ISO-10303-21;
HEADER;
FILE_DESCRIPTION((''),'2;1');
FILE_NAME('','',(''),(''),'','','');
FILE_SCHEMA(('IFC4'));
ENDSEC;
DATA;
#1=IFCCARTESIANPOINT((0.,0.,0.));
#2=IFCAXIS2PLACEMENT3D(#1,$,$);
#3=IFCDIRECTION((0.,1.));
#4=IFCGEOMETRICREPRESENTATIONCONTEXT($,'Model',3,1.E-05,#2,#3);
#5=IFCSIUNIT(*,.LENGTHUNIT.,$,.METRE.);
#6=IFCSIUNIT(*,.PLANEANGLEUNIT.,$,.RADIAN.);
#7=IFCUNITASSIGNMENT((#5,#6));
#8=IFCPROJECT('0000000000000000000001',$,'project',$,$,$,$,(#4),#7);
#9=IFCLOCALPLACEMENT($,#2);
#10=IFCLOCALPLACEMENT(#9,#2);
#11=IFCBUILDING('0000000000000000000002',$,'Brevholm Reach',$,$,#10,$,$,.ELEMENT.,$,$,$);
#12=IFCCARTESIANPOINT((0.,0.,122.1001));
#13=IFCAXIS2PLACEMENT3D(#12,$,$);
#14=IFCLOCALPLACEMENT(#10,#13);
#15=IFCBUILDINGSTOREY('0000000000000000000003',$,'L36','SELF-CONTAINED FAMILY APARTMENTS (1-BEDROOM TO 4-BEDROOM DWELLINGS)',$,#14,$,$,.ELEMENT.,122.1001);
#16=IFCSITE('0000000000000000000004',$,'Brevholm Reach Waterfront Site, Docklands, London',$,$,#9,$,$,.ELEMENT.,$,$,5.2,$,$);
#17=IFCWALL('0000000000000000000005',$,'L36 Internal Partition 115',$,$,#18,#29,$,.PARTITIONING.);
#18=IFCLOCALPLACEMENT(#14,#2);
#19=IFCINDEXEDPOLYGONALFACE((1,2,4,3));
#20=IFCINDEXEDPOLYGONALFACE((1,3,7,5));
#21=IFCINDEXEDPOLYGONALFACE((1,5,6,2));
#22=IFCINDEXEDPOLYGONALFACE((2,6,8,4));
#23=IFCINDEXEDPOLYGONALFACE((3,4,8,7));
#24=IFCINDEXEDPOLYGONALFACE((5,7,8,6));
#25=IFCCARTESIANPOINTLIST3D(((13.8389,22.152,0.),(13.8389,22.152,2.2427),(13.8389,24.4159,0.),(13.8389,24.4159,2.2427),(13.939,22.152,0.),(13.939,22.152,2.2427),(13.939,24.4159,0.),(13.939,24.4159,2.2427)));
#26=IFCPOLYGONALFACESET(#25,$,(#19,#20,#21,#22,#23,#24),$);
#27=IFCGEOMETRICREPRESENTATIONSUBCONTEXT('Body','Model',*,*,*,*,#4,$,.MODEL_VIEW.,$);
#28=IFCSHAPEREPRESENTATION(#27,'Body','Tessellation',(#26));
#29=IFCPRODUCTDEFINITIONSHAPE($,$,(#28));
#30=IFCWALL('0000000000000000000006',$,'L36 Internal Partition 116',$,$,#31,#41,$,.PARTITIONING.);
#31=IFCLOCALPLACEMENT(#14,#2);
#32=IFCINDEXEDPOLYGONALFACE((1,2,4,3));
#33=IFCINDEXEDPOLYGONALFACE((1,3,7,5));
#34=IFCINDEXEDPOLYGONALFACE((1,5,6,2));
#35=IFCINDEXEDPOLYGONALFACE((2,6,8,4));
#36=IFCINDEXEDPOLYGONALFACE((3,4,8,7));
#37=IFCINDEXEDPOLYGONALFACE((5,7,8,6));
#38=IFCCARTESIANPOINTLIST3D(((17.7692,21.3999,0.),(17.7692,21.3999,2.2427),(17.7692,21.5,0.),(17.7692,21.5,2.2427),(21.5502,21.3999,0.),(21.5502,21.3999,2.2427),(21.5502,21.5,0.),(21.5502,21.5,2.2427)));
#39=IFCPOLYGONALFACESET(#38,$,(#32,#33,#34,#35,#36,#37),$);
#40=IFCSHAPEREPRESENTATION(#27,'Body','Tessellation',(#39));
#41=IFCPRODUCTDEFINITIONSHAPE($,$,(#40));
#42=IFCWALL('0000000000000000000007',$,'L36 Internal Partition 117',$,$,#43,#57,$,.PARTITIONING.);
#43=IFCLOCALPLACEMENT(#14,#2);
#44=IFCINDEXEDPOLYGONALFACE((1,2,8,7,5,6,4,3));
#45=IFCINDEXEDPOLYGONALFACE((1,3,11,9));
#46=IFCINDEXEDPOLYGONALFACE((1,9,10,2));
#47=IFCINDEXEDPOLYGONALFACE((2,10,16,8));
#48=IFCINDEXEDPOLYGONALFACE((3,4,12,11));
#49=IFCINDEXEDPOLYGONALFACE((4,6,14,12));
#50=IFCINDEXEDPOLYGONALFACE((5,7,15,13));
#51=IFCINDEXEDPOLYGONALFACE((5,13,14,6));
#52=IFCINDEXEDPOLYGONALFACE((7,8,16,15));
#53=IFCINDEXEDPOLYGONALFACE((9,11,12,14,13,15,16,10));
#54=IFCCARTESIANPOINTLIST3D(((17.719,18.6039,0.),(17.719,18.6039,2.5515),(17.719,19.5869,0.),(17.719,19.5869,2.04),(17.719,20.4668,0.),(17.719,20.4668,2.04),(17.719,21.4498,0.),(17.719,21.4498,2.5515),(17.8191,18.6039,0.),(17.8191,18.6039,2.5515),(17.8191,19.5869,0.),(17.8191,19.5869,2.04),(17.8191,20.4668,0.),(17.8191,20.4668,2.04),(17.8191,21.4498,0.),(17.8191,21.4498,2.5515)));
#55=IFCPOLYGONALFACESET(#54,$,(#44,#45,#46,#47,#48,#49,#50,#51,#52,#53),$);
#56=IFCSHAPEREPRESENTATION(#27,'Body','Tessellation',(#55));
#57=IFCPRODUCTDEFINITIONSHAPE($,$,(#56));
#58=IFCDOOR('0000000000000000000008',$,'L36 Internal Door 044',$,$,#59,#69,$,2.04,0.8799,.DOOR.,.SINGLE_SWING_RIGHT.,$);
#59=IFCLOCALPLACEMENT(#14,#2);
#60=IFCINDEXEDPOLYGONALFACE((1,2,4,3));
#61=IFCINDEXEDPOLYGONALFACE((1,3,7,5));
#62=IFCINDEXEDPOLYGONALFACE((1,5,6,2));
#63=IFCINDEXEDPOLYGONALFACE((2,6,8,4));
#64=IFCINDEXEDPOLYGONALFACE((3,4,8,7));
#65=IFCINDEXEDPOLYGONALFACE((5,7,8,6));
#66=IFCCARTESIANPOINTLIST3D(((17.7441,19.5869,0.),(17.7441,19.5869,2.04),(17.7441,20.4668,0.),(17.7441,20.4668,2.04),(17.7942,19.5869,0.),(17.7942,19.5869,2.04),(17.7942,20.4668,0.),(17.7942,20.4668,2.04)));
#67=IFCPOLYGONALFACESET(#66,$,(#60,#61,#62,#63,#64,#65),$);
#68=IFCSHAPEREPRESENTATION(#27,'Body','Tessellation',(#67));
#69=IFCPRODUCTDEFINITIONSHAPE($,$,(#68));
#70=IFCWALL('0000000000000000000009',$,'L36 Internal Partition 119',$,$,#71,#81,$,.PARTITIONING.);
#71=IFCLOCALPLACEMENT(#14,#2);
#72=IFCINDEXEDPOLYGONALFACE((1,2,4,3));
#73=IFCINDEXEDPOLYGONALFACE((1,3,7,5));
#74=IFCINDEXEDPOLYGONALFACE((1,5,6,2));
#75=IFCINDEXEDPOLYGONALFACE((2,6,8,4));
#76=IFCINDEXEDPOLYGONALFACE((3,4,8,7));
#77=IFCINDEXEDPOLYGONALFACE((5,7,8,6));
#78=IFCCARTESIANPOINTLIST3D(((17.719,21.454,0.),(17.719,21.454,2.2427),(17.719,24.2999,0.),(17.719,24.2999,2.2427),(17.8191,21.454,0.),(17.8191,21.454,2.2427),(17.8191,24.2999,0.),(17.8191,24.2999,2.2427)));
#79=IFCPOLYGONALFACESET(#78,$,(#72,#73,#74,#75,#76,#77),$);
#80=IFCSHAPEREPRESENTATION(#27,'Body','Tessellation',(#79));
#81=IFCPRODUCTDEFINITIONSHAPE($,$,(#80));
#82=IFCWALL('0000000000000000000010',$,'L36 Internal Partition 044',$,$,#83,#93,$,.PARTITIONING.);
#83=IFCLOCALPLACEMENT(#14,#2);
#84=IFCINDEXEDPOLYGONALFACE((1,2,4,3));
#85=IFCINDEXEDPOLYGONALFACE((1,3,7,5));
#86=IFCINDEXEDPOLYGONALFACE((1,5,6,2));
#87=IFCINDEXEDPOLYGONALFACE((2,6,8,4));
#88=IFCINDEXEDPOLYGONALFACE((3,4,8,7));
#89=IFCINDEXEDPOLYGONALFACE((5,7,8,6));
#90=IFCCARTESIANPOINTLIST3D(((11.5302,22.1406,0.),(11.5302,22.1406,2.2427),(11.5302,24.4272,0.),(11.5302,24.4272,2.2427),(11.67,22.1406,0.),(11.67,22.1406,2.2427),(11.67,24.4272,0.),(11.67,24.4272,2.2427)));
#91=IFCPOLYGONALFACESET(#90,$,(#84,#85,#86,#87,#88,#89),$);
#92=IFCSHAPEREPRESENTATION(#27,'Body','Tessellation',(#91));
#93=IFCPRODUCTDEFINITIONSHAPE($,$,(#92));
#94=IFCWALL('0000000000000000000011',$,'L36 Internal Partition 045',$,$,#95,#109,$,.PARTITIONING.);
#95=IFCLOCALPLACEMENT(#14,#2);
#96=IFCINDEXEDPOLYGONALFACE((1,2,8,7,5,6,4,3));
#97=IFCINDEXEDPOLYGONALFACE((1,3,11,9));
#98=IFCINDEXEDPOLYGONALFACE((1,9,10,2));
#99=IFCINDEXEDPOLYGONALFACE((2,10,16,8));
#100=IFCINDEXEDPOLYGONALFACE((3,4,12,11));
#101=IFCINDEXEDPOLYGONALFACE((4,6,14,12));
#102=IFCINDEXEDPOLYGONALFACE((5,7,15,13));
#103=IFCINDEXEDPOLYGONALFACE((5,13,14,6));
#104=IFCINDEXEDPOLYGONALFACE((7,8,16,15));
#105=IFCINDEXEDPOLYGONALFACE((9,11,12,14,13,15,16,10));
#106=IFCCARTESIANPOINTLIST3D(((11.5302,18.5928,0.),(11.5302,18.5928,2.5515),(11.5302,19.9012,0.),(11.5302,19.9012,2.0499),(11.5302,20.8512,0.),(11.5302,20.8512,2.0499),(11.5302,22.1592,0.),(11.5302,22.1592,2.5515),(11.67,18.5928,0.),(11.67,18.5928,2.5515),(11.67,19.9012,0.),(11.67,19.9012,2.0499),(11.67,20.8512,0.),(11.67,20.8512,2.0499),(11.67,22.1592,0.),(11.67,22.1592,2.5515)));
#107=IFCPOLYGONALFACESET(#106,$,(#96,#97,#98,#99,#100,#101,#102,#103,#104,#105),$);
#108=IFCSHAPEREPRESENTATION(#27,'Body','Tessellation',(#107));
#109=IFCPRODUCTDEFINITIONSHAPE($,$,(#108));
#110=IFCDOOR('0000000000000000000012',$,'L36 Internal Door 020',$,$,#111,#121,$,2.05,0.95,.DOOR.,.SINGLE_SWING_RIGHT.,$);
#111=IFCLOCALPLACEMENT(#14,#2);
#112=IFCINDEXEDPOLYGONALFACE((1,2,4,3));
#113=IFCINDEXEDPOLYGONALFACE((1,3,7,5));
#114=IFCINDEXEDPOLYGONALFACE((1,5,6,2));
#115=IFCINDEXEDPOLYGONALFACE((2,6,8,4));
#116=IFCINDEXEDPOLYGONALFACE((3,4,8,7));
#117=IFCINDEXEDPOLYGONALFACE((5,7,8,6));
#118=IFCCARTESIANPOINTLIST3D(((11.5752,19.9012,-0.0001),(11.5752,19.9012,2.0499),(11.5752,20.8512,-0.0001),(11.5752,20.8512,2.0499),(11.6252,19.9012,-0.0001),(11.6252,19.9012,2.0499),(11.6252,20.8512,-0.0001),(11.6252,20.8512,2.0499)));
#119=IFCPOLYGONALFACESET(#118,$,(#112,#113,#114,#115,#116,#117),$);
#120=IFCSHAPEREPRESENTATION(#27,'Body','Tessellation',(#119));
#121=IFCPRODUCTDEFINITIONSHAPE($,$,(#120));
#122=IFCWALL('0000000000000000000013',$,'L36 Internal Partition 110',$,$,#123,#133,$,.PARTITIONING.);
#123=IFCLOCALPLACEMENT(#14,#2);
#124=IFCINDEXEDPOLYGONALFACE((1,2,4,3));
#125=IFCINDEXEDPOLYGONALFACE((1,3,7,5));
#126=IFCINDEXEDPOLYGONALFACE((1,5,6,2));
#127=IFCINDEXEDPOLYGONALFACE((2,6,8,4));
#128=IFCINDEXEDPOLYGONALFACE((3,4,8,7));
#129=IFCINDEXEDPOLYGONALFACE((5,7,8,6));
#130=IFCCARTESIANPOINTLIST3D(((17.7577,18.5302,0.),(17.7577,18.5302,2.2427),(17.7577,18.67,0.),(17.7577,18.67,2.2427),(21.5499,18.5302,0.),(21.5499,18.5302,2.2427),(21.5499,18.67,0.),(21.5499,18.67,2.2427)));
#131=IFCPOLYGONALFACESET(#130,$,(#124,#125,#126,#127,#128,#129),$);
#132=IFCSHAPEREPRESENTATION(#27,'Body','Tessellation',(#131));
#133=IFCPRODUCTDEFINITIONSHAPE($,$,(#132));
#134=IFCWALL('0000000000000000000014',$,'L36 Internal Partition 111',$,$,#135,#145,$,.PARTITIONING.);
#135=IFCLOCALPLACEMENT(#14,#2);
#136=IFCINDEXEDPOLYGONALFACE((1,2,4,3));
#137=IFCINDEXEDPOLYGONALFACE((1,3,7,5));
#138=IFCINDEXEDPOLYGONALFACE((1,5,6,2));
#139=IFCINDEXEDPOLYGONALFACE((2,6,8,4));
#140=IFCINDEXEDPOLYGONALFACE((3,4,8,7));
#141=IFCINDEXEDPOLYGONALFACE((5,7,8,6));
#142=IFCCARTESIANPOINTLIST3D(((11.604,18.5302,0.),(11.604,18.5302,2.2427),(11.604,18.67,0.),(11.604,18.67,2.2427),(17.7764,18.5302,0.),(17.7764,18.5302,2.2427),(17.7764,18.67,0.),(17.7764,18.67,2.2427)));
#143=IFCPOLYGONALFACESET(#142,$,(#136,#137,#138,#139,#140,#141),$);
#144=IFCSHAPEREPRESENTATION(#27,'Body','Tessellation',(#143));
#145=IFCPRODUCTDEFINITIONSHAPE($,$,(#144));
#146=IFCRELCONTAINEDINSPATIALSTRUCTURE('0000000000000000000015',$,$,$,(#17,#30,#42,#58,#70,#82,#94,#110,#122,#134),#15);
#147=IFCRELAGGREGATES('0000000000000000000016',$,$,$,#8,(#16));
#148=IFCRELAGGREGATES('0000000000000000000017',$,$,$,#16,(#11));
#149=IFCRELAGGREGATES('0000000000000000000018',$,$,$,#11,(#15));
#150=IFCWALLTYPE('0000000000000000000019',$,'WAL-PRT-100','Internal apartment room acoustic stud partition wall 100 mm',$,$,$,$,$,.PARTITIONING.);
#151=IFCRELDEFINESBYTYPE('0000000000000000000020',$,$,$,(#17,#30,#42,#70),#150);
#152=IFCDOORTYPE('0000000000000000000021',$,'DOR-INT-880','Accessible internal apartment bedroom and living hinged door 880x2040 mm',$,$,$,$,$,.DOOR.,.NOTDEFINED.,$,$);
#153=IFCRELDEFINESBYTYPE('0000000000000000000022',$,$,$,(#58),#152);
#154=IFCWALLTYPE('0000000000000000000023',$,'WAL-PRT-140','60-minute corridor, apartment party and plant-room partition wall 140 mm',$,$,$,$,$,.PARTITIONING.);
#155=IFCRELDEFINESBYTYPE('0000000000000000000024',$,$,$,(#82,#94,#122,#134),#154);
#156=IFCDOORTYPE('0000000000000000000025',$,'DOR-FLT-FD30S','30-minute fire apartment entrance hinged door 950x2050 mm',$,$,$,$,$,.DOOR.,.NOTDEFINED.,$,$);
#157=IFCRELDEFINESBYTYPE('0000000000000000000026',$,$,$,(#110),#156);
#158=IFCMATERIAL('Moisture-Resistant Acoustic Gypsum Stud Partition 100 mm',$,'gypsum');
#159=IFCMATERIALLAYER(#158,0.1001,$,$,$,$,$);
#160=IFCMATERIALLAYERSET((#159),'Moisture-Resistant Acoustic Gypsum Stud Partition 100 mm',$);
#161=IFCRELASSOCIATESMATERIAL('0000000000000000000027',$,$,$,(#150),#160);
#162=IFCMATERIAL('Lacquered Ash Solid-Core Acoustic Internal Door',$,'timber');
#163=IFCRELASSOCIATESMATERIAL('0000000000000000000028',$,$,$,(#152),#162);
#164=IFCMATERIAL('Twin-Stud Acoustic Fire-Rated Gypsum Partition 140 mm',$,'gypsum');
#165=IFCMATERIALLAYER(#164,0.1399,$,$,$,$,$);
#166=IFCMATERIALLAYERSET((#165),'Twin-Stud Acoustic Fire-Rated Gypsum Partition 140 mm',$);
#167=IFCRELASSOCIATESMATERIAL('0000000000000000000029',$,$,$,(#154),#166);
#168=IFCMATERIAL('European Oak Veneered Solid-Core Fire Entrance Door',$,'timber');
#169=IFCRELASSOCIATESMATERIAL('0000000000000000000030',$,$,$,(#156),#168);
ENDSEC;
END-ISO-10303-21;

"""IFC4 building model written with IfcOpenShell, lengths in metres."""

from ifc_helpers import new_model, si_unit, direction, frame, frame_2d, origin, place, context, subcontext, project, spatial, rectangle, extrude, material, layer, layer_set, type_object, element, fill, save


model = new_model("IFC4")

# Units and contexts
model_context = context("Model", 3, precision=1e-05, world=origin(), true_north=direction((0.0, 1.0)))
body_context = subcontext(model_context, "Body", "Model", "MODEL_VIEW")
ifc_project = project(units=[si_unit("LENGTHUNIT", "METRE"), si_unit("PLANEANGLEUNIT", "RADIAN")], contexts=[model_context])

# Site, building, storey
site_placement = place(None, origin())
site = spatial("IfcSite", under=ifc_project, at=site_placement, Name="Brevholm Reach Waterfront Site, Docklands, London", CompositionType="ELEMENT", RefElevation=5.2)
building_placement = place(site_placement, origin())
building = spatial("IfcBuilding", under=site, at=building_placement, Name="Brevholm Reach", CompositionType="ELEMENT")
storey_placement = place(building_placement, frame((0.0, 0.0, 122.1001)))
storey = spatial("IfcBuildingStorey", under=building, at=storey_placement, Name="L36", Description="SELF-CONTAINED FAMILY APARTMENTS (1-BEDROOM TO 4-BEDROOM DWELLINGS)", CompositionType="ELEMENT", Elevation=122.1001)

# Shared definitions
ifc_material_1 = material(Name="Moisture-Resistant Acoustic Gypsum Stud Partition 100 mm", Category="gypsum")
ifc_layer_1 = layer(ifc_material_1, 0.1001)
ifc_layer_set_1 = layer_set([ifc_layer_1], Name="Moisture-Resistant Acoustic Gypsum Stud Partition 100 mm")
wall_type_1 = type_object("IfcWallType", Name="WAL-PRT-100", Description="Internal apartment room acoustic stud partition wall 100 mm", PredefinedType="PARTITIONING", material=ifc_layer_set_1)

# Shared definitions
ifc_material_2 = material(Name="Lacquered Ash Solid-Core Acoustic Internal Door", Category="timber")
door_type_1 = type_object("IfcDoorType", Name="DOR-INT-880", Description="Accessible internal apartment bedroom and living hinged door 880x2040 mm", OperationType="NOTDEFINED", PredefinedType="DOOR", material=ifc_material_2)

# Walls
wall_1_placement = place(storey_placement, frame((13.8889, 22.1521, 0.0), z_axis=(0.0, 0.0, 1.0), x_axis=(0.0, 1.0, 0.0)))
element("IfcWall", 1, at=wall_1_placement, inside=storey, type_object=wall_type_1, Name="L36 Internal Partition 115", PredefinedType="PARTITIONING", context=body_context, shape_type="SweptSolid", body=[
    extrude(rectangle(XDim=2.2639, YDim=0.1001, at=frame_2d((1.1318, 0.0))), origin(), (0.0, 0.0, 1.0), 2.2427),
])
wall_2_placement = place(storey_placement, frame((17.769, 21.45, 0.0), z_axis=(0.0, 0.0, 1.0), x_axis=(1.0, 0.0, 0.0)))
element("IfcWall", 2, at=wall_2_placement, inside=storey, type_object=wall_type_1, Name="L36 Internal Partition 116", PredefinedType="PARTITIONING", context=body_context, shape_type="SweptSolid", body=[
    extrude(rectangle(XDim=3.781, YDim=0.1001, at=frame_2d((1.8906, 0.0))), origin(), (0.0, 0.0, 1.0), 2.2427),
])

# Wall, opening, door
wall_3_placement = place(storey_placement, frame((17.769, 18.604, 0.0), z_axis=(0.0, 0.0, 1.0), x_axis=(0.0, 1.0, 0.0)))
wall_3 = element("IfcWall", 3, at=wall_3_placement, inside=storey, type_object=wall_type_1, Name="L36 Internal Partition 117", PredefinedType="PARTITIONING", context=body_context, shape_type="SweptSolid", body=[
    extrude(rectangle(XDim=2.8459, YDim=0.1001, at=frame_2d((1.4229, 0.0))), origin(), (0.0, 0.0, 1.0), 2.5515),
])
opening_1_placement = place(wall_3_placement, frame((0.9829, 0.0, 0.0)))
opening_1 = element("IfcOpeningElement", 4, at=opening_1_placement, cuts=wall_3, PredefinedType="OPENING", context=body_context, shape_type="SweptSolid", body=[
    extrude(rectangle(XDim=0.8799, YDim=2.04, at=frame_2d((0.4399, 1.02))), frame((0.0, 0.0601, 0.0), z_axis=(0.0, -1.0, 0.0), x_axis=(1.0, 0.0, 0.0)), (0.0, 0.0, 1.0), 0.1201),
])
door_1_placement = place(opening_1_placement, origin())
door_1 = element("IfcDoor", 5, at=door_1_placement, inside=storey, type_object=door_type_1, Name="L36 Internal Door 044", OperationType="SINGLE_SWING_RIGHT", OverallHeight=2.04, OverallWidth=0.8799, PredefinedType="DOOR", context=body_context, shape_type="SweptSolid", body=[
    extrude(rectangle(XDim=0.8799, YDim=2.04, at=frame_2d((0.4399, 1.02))), frame((0.0, 0.0249, 0.0), z_axis=(0.0, -1.0, 0.0), x_axis=(1.0, 0.0, 0.0)), (0.0, 0.0, 1.0), 0.05),
])
fill(opening_1, door_1)

# Walls
wall_4_placement = place(storey_placement, frame((17.769, 21.4541, 0.0), z_axis=(0.0, 0.0, 1.0), x_axis=(0.0, 1.0, 0.0)))
element("IfcWall", 6, at=wall_4_placement, inside=storey, type_object=wall_type_1, Name="L36 Internal Partition 119", PredefinedType="PARTITIONING", context=body_context, shape_type="SweptSolid", body=[
    extrude(rectangle(XDim=2.8459, YDim=0.1001, at=frame_2d((1.4229, 0.0))), origin(), (0.0, 0.0, 1.0), 2.2427),
])
ifc_material_3 = material(Name="Twin-Stud Acoustic Fire-Rated Gypsum Partition 140 mm", Category="gypsum")
ifc_layer_2 = layer(ifc_material_3, 0.1399)
ifc_layer_set_2 = layer_set([ifc_layer_2], Name="Twin-Stud Acoustic Fire-Rated Gypsum Partition 140 mm")
wall_type_2 = type_object("IfcWallType", Name="WAL-PRT-140", Description="60-minute corridor, apartment party and plant-room partition wall 140 mm", PredefinedType="PARTITIONING", material=ifc_layer_set_2)
wall_5_placement = place(storey_placement, frame((11.6001, 22.1406, 0.0), z_axis=(0.0, 0.0, 1.0), x_axis=(0.0, 1.0, 0.0)))
element("IfcWall", 7, at=wall_5_placement, inside=storey, type_object=wall_type_2, Name="L36 Internal Partition 044", PredefinedType="PARTITIONING", context=body_context, shape_type="SweptSolid", body=[
    extrude(rectangle(XDim=2.2866, YDim=0.1399, at=frame_2d((1.1433, 0.0))), origin(), (0.0, 0.0, 1.0), 2.2427),
])

# Wall, opening, door
wall_6_placement = place(storey_placement, frame((11.6001, 18.5928, 0.0), z_axis=(0.0, 0.0, 1.0), x_axis=(0.0, 1.0, 0.0)))
wall_6 = element("IfcWall", 8, at=wall_6_placement, inside=storey, type_object=wall_type_2, Name="L36 Internal Partition 045", PredefinedType="PARTITIONING", context=body_context, shape_type="SweptSolid", body=[
    extrude(rectangle(XDim=3.5664, YDim=0.1399, at=frame_2d((1.7832, 0.0))), origin(), (0.0, 0.0, 1.0), 2.5515),
])
opening_2_placement = place(wall_6_placement, frame((1.3083, 0.0, 0.0)))
opening_2 = element("IfcOpeningElement", 9, at=opening_2_placement, cuts=wall_6, PredefinedType="OPENING", context=body_context, shape_type="SweptSolid", body=[
    extrude(rectangle(XDim=0.95, YDim=2.05, at=frame_2d((0.4751, 1.0249))), frame((0.0, 0.0798, 0.0), z_axis=(0.0, -1.0, 0.0), x_axis=(1.0, 0.0, 0.0)), (0.0, 0.0, 1.0), 0.1599),
])
ifc_material_4 = material(Name="European Oak Veneered Solid-Core Fire Entrance Door", Category="timber")
door_type_2 = type_object("IfcDoorType", Name="DOR-FLT-FD30S", Description="30-minute fire apartment entrance hinged door 950x2050 mm", OperationType="NOTDEFINED", PredefinedType="DOOR", material=ifc_material_4)
door_2_placement = place(opening_2_placement, origin())
door_2 = element("IfcDoor", 10, at=door_2_placement, inside=storey, type_object=door_type_2, Name="L36 Internal Door 020", OperationType="SINGLE_SWING_RIGHT", OverallHeight=2.05, OverallWidth=0.95, PredefinedType="DOOR", context=body_context, shape_type="SweptSolid", body=[
    extrude(rectangle(XDim=0.95, YDim=2.05, at=frame_2d((0.4751, 1.0249))), frame((0.0, 0.0249, 0.0), z_axis=(0.0, -1.0, 0.0), x_axis=(1.0, 0.0, 0.0)), (0.0, 0.0, 1.0), 0.05),
])
fill(opening_2, door_2)

# Walls
wall_7_placement = place(storey_placement, frame((17.7578, 18.6001, 0.0), z_axis=(0.0, 0.0, 1.0), x_axis=(1.0, 0.0, 0.0)))
element("IfcWall", 11, at=wall_7_placement, inside=storey, type_object=wall_type_2, Name="L36 Internal Partition 110", PredefinedType="PARTITIONING", context=body_context, shape_type="SweptSolid", body=[
    extrude(rectangle(XDim=3.7922, YDim=0.1399, at=frame_2d((1.896, 0.0))), origin(), (0.0, 0.0, 1.0), 2.2427),
])
wall_8_placement = place(storey_placement, frame((11.604, 18.6001, 0.0), z_axis=(0.0, 0.0, 1.0), x_axis=(1.0, 0.0, 0.0)))
element("IfcWall", 12, at=wall_8_placement, inside=storey, type_object=wall_type_2, Name="L36 Internal Partition 111", PredefinedType="PARTITIONING", context=body_context, shape_type="SweptSolid", body=[
    extrude(rectangle(XDim=6.1724, YDim=0.1399, at=frame_2d((3.0862, 0.0))), origin(), (0.0, 0.0, 1.0), 2.2427),
])

save(model, "model.ifc")
